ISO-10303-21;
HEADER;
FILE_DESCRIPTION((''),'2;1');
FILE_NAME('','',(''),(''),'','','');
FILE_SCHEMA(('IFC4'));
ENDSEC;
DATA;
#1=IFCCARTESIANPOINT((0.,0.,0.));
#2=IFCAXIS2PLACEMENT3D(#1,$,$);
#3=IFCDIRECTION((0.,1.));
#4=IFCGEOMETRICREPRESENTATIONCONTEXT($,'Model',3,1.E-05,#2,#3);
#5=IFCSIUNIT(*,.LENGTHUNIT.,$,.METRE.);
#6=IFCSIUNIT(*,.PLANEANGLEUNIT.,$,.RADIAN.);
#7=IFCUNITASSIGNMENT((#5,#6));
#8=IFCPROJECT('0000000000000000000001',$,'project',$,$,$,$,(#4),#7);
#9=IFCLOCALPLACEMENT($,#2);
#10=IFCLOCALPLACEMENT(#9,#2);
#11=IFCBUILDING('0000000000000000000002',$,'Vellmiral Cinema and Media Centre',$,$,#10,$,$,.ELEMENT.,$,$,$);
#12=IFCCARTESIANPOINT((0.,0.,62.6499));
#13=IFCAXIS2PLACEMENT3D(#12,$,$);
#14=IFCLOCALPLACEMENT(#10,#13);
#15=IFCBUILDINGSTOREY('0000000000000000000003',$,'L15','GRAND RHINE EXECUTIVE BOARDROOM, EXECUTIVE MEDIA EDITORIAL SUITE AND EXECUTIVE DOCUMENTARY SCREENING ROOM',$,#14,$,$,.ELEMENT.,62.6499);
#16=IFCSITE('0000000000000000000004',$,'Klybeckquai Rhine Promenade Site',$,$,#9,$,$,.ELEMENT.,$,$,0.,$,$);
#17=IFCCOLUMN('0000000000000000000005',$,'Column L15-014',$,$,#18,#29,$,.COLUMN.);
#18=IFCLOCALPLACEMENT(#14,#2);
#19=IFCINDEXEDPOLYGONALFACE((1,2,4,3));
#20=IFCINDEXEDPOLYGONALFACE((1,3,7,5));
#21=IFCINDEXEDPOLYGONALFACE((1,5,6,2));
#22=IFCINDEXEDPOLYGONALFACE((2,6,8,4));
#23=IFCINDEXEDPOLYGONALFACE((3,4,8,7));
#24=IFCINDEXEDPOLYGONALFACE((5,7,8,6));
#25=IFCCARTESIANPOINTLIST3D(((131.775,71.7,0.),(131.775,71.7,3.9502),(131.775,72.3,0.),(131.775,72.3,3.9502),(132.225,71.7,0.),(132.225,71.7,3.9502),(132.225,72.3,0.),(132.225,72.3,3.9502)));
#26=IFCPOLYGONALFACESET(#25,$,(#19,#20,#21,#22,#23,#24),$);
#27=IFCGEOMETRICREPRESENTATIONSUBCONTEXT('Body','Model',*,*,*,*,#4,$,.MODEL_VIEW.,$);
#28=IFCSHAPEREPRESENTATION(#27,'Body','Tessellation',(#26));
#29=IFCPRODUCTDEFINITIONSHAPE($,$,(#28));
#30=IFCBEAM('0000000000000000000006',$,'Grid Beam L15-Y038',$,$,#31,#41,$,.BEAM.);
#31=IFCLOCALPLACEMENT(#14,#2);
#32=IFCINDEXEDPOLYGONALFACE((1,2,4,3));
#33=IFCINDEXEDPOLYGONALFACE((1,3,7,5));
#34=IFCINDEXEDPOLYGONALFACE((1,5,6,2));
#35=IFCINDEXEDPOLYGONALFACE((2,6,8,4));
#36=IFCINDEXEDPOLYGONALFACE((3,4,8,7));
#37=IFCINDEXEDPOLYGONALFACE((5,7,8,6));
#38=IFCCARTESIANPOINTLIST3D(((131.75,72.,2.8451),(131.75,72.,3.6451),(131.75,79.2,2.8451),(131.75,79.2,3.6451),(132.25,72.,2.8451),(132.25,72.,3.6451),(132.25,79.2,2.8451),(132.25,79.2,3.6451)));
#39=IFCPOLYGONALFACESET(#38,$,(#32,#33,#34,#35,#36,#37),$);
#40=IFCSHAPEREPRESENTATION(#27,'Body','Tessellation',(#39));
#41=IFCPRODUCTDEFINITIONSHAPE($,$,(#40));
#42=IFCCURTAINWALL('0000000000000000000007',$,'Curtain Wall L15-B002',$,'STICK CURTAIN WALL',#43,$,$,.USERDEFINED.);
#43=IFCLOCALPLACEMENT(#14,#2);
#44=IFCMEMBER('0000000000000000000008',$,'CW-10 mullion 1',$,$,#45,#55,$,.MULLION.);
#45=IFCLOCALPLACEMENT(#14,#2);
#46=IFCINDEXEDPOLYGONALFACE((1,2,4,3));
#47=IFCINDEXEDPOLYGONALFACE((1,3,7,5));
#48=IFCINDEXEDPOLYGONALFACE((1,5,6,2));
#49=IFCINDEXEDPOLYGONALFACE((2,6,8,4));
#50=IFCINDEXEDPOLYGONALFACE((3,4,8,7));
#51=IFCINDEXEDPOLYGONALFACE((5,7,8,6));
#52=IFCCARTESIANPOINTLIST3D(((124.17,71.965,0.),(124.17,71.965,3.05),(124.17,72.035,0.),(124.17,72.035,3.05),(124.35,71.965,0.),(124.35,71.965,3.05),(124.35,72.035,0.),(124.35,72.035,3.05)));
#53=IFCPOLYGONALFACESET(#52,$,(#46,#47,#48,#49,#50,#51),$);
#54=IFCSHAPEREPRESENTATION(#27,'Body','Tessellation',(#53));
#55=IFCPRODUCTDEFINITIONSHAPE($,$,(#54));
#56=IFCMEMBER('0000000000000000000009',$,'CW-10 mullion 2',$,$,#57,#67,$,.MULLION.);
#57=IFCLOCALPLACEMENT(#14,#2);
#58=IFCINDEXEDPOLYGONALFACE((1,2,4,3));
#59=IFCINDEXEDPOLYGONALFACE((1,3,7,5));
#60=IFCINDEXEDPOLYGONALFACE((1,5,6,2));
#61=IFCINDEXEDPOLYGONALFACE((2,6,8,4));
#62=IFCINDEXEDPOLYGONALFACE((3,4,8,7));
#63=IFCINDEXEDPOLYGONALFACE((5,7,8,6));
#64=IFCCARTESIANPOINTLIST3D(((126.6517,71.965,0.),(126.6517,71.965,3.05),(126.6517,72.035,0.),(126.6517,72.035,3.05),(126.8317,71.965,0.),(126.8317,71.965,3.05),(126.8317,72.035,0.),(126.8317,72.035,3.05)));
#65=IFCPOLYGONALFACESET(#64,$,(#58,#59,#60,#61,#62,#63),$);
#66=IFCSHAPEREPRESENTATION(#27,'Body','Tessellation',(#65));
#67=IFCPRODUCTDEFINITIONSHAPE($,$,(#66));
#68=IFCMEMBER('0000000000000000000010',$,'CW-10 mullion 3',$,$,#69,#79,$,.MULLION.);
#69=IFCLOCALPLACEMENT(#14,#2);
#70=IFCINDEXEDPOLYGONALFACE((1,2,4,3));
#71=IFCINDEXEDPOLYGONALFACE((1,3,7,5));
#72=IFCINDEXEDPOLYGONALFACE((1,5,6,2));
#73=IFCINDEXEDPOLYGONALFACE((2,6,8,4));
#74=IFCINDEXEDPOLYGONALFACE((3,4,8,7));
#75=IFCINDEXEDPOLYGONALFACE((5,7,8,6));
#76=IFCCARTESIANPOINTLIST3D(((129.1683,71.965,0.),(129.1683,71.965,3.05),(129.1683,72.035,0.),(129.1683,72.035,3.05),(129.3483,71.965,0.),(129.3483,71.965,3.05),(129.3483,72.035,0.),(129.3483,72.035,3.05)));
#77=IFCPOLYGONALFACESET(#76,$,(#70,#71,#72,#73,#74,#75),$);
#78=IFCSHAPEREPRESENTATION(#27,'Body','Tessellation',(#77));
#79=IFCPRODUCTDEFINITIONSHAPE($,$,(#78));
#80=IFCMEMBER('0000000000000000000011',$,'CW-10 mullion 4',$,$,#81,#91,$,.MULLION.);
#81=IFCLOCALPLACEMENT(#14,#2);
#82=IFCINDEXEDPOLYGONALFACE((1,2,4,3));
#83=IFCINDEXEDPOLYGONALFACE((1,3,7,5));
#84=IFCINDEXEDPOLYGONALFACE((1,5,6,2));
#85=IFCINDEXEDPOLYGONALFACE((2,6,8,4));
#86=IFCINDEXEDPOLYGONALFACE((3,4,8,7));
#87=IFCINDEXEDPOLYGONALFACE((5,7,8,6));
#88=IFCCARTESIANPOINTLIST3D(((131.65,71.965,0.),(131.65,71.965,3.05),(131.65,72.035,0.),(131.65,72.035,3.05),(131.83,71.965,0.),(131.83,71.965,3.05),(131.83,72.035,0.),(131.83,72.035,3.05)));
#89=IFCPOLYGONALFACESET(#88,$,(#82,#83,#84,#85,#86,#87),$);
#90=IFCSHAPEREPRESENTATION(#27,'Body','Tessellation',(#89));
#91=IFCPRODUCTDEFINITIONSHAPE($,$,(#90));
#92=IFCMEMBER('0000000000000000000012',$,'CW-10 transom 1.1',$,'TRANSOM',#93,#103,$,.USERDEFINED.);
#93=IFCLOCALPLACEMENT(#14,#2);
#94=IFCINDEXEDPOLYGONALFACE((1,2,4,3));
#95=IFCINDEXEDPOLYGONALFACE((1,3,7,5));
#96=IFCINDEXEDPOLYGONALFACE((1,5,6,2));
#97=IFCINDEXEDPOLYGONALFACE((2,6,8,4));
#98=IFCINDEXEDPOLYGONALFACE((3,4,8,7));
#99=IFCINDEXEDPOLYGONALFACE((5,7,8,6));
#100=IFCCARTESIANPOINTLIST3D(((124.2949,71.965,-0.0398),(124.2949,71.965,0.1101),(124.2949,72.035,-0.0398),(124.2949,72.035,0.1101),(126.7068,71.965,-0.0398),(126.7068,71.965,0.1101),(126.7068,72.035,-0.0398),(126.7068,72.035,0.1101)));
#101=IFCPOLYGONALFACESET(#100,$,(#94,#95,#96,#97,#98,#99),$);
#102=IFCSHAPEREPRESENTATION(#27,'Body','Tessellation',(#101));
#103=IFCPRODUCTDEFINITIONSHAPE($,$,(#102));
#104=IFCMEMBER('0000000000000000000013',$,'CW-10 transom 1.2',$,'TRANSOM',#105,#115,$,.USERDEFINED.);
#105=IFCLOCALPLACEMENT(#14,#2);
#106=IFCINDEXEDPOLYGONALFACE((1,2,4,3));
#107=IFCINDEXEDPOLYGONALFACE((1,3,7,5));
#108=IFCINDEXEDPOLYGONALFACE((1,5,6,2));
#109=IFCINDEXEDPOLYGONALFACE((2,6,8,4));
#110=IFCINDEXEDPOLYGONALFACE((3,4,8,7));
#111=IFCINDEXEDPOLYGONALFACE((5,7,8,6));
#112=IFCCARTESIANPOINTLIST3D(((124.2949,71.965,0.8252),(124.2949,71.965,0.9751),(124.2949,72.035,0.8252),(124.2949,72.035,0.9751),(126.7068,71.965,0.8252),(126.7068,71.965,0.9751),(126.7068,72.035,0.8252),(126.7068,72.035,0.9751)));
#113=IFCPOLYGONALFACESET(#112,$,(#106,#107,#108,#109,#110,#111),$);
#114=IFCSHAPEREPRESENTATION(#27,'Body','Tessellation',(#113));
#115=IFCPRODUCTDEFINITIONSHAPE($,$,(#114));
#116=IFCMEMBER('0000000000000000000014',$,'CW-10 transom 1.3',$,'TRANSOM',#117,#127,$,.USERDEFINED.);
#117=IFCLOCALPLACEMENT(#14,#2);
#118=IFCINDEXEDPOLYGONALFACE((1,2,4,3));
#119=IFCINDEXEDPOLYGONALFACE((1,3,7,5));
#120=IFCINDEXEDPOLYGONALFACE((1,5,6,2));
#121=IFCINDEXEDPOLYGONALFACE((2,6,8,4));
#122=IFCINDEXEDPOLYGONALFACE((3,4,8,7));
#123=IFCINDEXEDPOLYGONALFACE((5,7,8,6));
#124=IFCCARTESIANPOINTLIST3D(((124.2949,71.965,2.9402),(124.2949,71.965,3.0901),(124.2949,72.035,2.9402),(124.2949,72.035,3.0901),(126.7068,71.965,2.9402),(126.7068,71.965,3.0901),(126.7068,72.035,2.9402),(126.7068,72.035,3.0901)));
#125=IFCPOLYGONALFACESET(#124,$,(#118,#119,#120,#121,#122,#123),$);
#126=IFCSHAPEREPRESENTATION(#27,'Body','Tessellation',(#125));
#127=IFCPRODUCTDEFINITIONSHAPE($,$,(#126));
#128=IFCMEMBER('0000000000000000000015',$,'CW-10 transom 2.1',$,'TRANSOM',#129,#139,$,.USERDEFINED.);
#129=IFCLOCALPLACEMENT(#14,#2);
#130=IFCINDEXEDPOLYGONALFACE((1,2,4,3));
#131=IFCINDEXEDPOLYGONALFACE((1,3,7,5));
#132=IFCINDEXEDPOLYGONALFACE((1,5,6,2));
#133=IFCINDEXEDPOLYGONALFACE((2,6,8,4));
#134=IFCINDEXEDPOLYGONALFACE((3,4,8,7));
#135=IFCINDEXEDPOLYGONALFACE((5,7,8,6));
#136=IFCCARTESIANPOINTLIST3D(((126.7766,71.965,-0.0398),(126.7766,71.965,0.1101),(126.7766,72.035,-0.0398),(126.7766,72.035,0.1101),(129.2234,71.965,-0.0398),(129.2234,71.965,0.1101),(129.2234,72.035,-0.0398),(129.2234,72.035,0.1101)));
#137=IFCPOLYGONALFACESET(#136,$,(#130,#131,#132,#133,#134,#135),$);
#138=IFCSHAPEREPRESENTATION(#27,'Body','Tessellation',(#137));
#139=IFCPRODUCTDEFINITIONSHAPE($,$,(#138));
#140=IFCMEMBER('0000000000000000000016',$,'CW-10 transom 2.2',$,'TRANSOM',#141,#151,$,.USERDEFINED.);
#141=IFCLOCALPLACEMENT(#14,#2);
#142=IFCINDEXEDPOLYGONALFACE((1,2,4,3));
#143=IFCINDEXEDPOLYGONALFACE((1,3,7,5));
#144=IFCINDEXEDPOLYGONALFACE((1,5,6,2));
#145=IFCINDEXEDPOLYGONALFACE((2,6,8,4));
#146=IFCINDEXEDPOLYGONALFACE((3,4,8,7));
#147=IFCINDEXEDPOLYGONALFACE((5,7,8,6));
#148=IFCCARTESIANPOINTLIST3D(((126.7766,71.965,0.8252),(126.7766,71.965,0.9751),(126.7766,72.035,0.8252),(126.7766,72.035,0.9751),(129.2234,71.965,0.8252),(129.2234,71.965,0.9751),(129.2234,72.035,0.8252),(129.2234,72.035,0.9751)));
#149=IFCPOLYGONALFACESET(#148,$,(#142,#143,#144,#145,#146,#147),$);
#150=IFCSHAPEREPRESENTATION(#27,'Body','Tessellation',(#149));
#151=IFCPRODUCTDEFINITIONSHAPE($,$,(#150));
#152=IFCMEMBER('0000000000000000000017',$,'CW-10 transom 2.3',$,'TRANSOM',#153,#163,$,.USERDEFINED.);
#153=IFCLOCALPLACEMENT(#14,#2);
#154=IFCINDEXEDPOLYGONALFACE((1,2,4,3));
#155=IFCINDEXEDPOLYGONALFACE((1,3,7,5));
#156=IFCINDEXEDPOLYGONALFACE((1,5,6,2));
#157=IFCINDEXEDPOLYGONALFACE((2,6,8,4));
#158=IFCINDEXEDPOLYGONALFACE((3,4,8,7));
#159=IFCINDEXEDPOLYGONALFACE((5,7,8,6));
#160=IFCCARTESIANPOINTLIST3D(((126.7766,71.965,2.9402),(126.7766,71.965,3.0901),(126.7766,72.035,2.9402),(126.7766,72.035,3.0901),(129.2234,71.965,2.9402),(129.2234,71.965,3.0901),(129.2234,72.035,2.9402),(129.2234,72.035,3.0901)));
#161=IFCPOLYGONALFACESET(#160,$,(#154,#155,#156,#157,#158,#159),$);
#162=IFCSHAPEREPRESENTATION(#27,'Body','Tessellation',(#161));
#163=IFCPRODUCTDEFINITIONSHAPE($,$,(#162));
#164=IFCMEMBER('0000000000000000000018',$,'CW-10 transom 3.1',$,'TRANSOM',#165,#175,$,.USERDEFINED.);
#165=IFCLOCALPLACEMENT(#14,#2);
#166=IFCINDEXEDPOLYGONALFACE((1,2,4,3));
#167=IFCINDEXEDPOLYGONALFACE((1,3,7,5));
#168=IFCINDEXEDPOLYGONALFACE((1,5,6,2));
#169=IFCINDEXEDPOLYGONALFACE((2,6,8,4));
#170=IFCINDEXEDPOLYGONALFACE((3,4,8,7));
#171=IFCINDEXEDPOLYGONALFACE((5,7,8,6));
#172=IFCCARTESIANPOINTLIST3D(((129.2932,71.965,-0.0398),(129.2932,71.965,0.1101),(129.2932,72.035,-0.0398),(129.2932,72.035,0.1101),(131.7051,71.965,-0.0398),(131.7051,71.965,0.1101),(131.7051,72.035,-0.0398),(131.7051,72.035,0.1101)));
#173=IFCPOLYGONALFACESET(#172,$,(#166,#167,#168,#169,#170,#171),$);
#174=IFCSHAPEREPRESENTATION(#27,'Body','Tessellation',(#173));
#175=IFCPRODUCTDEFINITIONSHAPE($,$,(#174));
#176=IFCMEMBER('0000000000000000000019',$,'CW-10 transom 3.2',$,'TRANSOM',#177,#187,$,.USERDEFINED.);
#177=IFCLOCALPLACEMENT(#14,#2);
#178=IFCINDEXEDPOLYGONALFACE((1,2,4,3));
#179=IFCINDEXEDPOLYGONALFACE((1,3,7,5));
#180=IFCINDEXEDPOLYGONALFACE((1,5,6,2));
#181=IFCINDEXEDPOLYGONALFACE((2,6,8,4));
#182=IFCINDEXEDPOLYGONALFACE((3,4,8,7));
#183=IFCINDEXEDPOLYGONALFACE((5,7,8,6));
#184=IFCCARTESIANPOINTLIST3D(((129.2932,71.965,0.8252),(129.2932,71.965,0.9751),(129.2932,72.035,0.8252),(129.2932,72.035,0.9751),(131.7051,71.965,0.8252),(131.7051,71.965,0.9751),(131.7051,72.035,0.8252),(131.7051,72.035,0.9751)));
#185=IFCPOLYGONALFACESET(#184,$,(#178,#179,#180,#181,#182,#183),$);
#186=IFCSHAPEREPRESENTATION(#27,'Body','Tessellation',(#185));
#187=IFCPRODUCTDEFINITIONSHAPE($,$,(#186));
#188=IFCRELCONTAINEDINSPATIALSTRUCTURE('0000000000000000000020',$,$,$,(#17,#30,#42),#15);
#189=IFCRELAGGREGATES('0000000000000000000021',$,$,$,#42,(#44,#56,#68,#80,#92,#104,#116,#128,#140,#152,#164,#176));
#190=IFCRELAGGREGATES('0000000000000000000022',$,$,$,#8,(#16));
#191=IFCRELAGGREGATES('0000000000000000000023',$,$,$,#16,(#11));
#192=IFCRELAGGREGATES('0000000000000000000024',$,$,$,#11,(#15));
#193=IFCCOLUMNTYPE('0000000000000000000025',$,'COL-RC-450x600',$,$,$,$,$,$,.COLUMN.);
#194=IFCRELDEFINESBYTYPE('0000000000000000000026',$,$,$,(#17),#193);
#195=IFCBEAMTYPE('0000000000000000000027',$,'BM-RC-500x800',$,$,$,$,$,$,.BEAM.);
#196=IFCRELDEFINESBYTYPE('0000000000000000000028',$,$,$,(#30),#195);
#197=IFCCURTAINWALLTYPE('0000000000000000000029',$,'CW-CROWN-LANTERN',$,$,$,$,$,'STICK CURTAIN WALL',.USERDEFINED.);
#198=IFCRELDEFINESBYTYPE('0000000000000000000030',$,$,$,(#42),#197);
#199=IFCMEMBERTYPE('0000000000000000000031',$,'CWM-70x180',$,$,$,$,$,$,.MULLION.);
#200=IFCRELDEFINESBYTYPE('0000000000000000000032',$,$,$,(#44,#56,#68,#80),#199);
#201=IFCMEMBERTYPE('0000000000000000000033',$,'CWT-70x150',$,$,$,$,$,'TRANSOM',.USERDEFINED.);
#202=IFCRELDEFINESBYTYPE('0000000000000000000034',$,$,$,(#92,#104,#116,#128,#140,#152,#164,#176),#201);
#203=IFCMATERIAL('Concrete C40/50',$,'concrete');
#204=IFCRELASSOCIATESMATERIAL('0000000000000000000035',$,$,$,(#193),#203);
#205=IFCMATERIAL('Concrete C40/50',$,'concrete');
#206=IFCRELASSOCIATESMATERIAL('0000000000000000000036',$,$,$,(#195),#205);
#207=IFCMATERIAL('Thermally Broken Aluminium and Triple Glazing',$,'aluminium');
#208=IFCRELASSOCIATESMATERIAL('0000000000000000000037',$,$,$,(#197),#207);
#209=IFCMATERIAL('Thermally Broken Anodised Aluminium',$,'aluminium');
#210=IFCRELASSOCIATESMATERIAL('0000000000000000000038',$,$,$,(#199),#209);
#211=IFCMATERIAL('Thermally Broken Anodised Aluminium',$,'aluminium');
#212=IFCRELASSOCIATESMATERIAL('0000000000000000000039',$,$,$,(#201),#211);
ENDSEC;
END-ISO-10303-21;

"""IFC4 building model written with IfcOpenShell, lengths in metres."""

from ifc_helpers import new_model, si_unit, direction, frame, origin, origin_2d, place, context, subcontext, project, spatial, rectangle, extrude, material, material_profile, profile_set, type_object, element, aggregate, save


model = new_model("IFC4")

# Units and contexts
model_context = context("Model", 3, precision=1e-05, world=origin(), true_north=direction((0.0, 1.0)))
body_context = subcontext(model_context, "Body", "Model", "MODEL_VIEW")
ifc_project = project(units=[si_unit("LENGTHUNIT", "METRE"), si_unit("PLANEANGLEUNIT", "RADIAN")], contexts=[model_context])

# Site, building, storey
site_placement = place(None, origin())
site = spatial("IfcSite", under=ifc_project, at=site_placement, Name="Klybeckquai Rhine Promenade Site", CompositionType="ELEMENT", RefElevation=0.0)
building_placement = place(site_placement, origin())
building = spatial("IfcBuilding", under=site, at=building_placement, Name="Vellmiral Cinema and Media Centre", CompositionType="ELEMENT")
storey_placement = place(building_placement, frame((0.0, 0.0, 62.6499)))
storey = spatial("IfcBuildingStorey", under=building, at=storey_placement, Name="L15", Description="GRAND RHINE EXECUTIVE BOARDROOM, EXECUTIVE MEDIA EDITORIAL SUITE AND EXECUTIVE DOCUMENTARY SCREENING ROOM", CompositionType="ELEMENT", Elevation=62.6499)

# Column
ifc_material_1 = material(Name="Concrete C40/50", Category="concrete")
ifc_material_profile_1 = material_profile(ifc_material_1, rectangle(XDim=0.45, YDim=0.6001, at=origin_2d()), Name="RC 450x600")
ifc_profile_set_1 = profile_set([ifc_material_profile_1], Name="Concrete C40/50")
column_type = type_object("IfcColumnType", Name="COL-RC-450x600", PredefinedType="COLUMN", material=ifc_profile_set_1)
column_placement = place(storey_placement, frame((132.0, 72.0, 0.0), z_axis=(0.0, 0.0, 1.0), x_axis=(1.0, 0.0, 0.0)))
element("IfcColumn", 1, at=column_placement, inside=storey, type_object=column_type, Name="Column L15-014", PredefinedType="COLUMN", context=body_context, shape_type="SweptSolid", body=[
    extrude(rectangle(XDim=0.45, YDim=0.6001, at=origin_2d()), origin(), (0.0, 0.0, 1.0), 3.9502),
])

# Beam
ifc_material_2 = material(Name="Concrete C40/50", Category="concrete")
ifc_material_profile_2 = material_profile(ifc_material_2, rectangle(XDim=0.5, YDim=0.8, at=origin_2d()), Name="RC 500x800")
ifc_profile_set_2 = profile_set([ifc_material_profile_2], Name="Concrete C40/50")
beam_type_1 = type_object("IfcBeamType", Name="BM-RC-500x800", PredefinedType="BEAM", material=ifc_profile_set_2)
beam_1_placement = place(storey_placement, frame((132.0, 72.0, 3.2451), z_axis=(0.0, 1.0, 0.0), x_axis=(-1.0, 0.0, 0.0)))
element("IfcBeam", 2, at=beam_1_placement, inside=storey, type_object=beam_type_1, Name="Grid Beam L15-Y038", PredefinedType="BEAM", context=body_context, shape_type="SweptSolid", body=[
    extrude(rectangle(XDim=0.5, YDim=0.8, at=origin_2d()), origin(), (0.0, 0.0, 1.0), 7.2),
])

# Curtain wall, members
ifc_material_3 = material(Name="Thermally Broken Aluminium and Triple Glazing", Category="aluminium")
curtain_wall_type = type_object("IfcCurtainWallType", Name="CW-CROWN-LANTERN", ElementType="STICK CURTAIN WALL", PredefinedType="USERDEFINED", material=ifc_material_3)
curtain_wall_placement = place(storey_placement, origin())
curtain_wall = element("IfcCurtainWall", 3, at=curtain_wall_placement, inside=storey, type_object=curtain_wall_type, Name="Curtain Wall L15-B002", ObjectType="STICK CURTAIN WALL", PredefinedType="USERDEFINED")
ifc_material_4 = material(Name="Thermally Broken Anodised Aluminium", Category="aluminium")
ifc_material_profile_3 = material_profile(ifc_material_4, rectangle(XDim=0.0701, YDim=0.1799, at=origin_2d()), Name="MULL 70x180")
ifc_profile_set_3 = profile_set([ifc_material_profile_3], Name="Thermally Broken Anodised Aluminium")
member_type_1 = type_object("IfcMemberType", Name="CWM-70x180", PredefinedType="MULLION", material=ifc_profile_set_3)
member_1_placement = place(storey_placement, frame((124.26, 72.0, 0.0), z_axis=(0.0, 0.0, 1.0), x_axis=(0.0, 1.0, 0.0)))
member_1 = element("IfcMember", 4, at=member_1_placement, type_object=member_type_1, Name="CW-10 mullion 1", PredefinedType="MULLION", context=body_context, shape_type="SweptSolid", body=[
    extrude(rectangle(XDim=0.0701, YDim=0.1799, at=origin_2d()), origin(), (0.0, 0.0, 1.0), 3.05),
])
member_2_placement = place(storey_placement, frame((126.7417, 72.0, 0.0), z_axis=(0.0, 0.0, 1.0), x_axis=(0.0, 1.0, 0.0)))
member_2 = element("IfcMember", 5, at=member_2_placement, type_object=member_type_1, Name="CW-10 mullion 2", PredefinedType="MULLION", context=body_context, shape_type="SweptSolid", body=[
    extrude(rectangle(XDim=0.0701, YDim=0.1799, at=origin_2d()), origin(), (0.0, 0.0, 1.0), 3.05),
])
member_3_placement = place(storey_placement, frame((129.2583, 72.0, 0.0), z_axis=(0.0, 0.0, 1.0), x_axis=(0.0, 1.0, 0.0)))
member_3 = element("IfcMember", 6, at=member_3_placement, type_object=member_type_1, Name="CW-10 mullion 3", PredefinedType="MULLION", context=body_context, shape_type="SweptSolid", body=[
    extrude(rectangle(XDim=0.0701, YDim=0.1799, at=origin_2d()), origin(), (0.0, 0.0, 1.0), 3.05),
])
member_4_placement = place(storey_placement, frame((131.74, 72.0, 0.0), z_axis=(0.0, 0.0, 1.0), x_axis=(0.0, 1.0, 0.0)))
member_4 = element("IfcMember", 7, at=member_4_placement, type_object=member_type_1, Name="CW-10 mullion 4", PredefinedType="MULLION", context=body_context, shape_type="SweptSolid", body=[
    extrude(rectangle(XDim=0.0701, YDim=0.1799, at=origin_2d()), origin(), (0.0, 0.0, 1.0), 3.05),
])
ifc_material_5 = material(Name="Thermally Broken Anodised Aluminium", Category="aluminium")
ifc_material_profile_4 = material_profile(ifc_material_5, rectangle(XDim=0.0701, YDim=0.1499, at=origin_2d()), Name="MULL 70x150")
ifc_profile_set_4 = profile_set([ifc_material_profile_4], Name="Thermally Broken Anodised Aluminium")
member_type_2 = type_object("IfcMemberType", Name="CWT-70x150", ElementType="TRANSOM", PredefinedType="USERDEFINED", material=ifc_profile_set_4)
member_5_placement = place(storey_placement, frame((124.2949, 72.0, 0.0352), z_axis=(1.0, 0.0, 0.0), x_axis=(0.0, 1.0, 0.0)))
member_5 = element("IfcMember", 8, at=member_5_placement, type_object=member_type_2, Name="CW-10 transom 1.1", ObjectType="TRANSOM", PredefinedType="USERDEFINED", context=body_context, shape_type="SweptSolid", body=[
    extrude(rectangle(XDim=0.0701, YDim=0.1499, at=origin_2d()), origin(), (0.0, 0.0, 1.0), 2.4119),
])
member_6_placement = place(storey_placement, frame((124.2949, 72.0, 0.9001), z_axis=(1.0, 0.0, 0.0), x_axis=(0.0, 1.0, 0.0)))
member_6 = element("IfcMember", 9, at=member_6_placement, type_object=member_type_2, Name="CW-10 transom 1.2", ObjectType="TRANSOM", PredefinedType="USERDEFINED", context=body_context, shape_type="SweptSolid", body=[
    extrude(rectangle(XDim=0.0701, YDim=0.1499, at=origin_2d()), origin(), (0.0, 0.0, 1.0), 2.4119),
])
member_7_placement = place(storey_placement, frame((124.2949, 72.0, 3.0151), z_axis=(1.0, 0.0, 0.0), x_axis=(0.0, 1.0, 0.0)))
member_7 = element("IfcMember", 10, at=member_7_placement, type_object=member_type_2, Name="CW-10 transom 1.3", ObjectType="TRANSOM", PredefinedType="USERDEFINED", context=body_context, shape_type="SweptSolid", body=[
    extrude(rectangle(XDim=0.0701, YDim=0.1499, at=origin_2d()), origin(), (0.0, 0.0, 1.0), 2.4119),
])
member_8_placement = place(storey_placement, frame((126.7766, 72.0, 0.0352), z_axis=(1.0, 0.0, 0.0), x_axis=(0.0, 1.0, 0.0)))
member_8 = element("IfcMember", 11, at=member_8_placement, type_object=member_type_2, Name="CW-10 transom 2.1", ObjectType="TRANSOM", PredefinedType="USERDEFINED", context=body_context, shape_type="SweptSolid", body=[
    extrude(rectangle(XDim=0.0701, YDim=0.1499, at=origin_2d()), origin(), (0.0, 0.0, 1.0), 2.4468),
])
member_9_placement = place(storey_placement, frame((126.7766, 72.0, 0.9001), z_axis=(1.0, 0.0, 0.0), x_axis=(0.0, 1.0, 0.0)))
member_9 = element("IfcMember", 12, at=member_9_placement, type_object=member_type_2, Name="CW-10 transom 2.2", ObjectType="TRANSOM", PredefinedType="USERDEFINED", context=body_context, shape_type="SweptSolid", body=[
    extrude(rectangle(XDim=0.0701, YDim=0.1499, at=origin_2d()), origin(), (0.0, 0.0, 1.0), 2.4468),
])
member_10_placement = place(storey_placement, frame((126.7766, 72.0, 3.0151), z_axis=(1.0, 0.0, 0.0), x_axis=(0.0, 1.0, 0.0)))
member_10 = element("IfcMember", 13, at=member_10_placement, type_object=member_type_2, Name="CW-10 transom 2.3", ObjectType="TRANSOM", PredefinedType="USERDEFINED", context=body_context, shape_type="SweptSolid", body=[
    extrude(rectangle(XDim=0.0701, YDim=0.1499, at=origin_2d()), origin(), (0.0, 0.0, 1.0), 2.4468),
])
member_11_placement = place(storey_placement, frame((129.2932, 72.0, 0.0352), z_axis=(1.0, 0.0, 0.0), x_axis=(0.0, 1.0, 0.0)))
member_11 = element("IfcMember", 14, at=member_11_placement, type_object=member_type_2, Name="CW-10 transom 3.1", ObjectType="TRANSOM", PredefinedType="USERDEFINED", context=body_context, shape_type="SweptSolid", body=[
    extrude(rectangle(XDim=0.0701, YDim=0.1499, at=origin_2d()), origin(), (0.0, 0.0, 1.0), 2.4119),
])
member_12_placement = place(storey_placement, frame((129.2932, 72.0, 0.9001), z_axis=(1.0, 0.0, 0.0), x_axis=(0.0, 1.0, 0.0)))
member_12 = element("IfcMember", 15, at=member_12_placement, type_object=member_type_2, Name="CW-10 transom 3.2", ObjectType="TRANSOM", PredefinedType="USERDEFINED", context=body_context, shape_type="SweptSolid", body=[
    extrude(rectangle(XDim=0.0701, YDim=0.1499, at=origin_2d()), origin(), (0.0, 0.0, 1.0), 2.4119),
])

aggregate(curtain_wall, [member_1, member_2, member_3, member_4, member_5, member_6, member_7, member_8, member_9, member_10, member_11, member_12])

save(model, "model.ifc")
